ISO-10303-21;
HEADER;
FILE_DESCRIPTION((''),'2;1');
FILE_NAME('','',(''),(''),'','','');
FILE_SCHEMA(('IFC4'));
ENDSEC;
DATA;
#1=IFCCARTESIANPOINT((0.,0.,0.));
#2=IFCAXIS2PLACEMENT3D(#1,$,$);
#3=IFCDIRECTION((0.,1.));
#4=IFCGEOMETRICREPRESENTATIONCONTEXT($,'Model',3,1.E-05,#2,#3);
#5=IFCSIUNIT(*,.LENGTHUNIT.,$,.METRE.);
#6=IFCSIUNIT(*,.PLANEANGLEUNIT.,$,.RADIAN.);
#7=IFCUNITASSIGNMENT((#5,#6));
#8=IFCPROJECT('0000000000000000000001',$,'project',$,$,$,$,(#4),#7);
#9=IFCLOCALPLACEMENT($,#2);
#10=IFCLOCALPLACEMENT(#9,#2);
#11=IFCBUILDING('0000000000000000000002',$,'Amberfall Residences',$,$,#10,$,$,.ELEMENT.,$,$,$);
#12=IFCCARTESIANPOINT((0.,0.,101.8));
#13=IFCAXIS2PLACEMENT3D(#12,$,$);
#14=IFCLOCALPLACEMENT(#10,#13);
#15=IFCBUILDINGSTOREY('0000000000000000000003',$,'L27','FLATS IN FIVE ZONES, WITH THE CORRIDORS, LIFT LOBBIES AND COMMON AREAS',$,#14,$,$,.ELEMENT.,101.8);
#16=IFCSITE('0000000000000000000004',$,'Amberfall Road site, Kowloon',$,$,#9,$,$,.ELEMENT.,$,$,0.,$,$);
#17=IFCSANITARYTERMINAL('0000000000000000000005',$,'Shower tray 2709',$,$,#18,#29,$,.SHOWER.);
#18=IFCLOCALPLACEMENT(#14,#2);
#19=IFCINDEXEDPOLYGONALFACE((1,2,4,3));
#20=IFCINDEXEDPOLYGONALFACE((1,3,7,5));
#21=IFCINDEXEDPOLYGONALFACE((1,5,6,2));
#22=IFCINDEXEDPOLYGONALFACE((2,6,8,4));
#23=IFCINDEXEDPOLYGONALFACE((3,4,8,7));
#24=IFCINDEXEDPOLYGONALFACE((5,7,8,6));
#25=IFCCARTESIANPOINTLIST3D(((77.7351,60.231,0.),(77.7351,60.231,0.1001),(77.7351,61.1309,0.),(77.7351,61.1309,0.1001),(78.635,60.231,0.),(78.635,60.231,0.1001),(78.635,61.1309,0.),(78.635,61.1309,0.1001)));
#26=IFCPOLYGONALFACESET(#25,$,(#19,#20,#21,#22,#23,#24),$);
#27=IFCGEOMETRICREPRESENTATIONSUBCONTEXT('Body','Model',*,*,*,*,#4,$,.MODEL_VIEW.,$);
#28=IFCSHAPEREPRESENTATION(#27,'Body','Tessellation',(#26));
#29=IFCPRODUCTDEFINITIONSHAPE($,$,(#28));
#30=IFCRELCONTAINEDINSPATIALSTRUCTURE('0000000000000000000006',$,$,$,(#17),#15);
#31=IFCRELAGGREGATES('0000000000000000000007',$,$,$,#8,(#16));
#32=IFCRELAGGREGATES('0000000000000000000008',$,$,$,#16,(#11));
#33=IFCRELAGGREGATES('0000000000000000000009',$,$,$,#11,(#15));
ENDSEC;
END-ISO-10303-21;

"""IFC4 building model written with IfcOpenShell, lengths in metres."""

from ifc_helpers import new_model, si_unit, direction, frame, origin, origin_2d, place, context, subcontext, project, spatial, rectangle, extrude, element, save


model = new_model("IFC4")

# Units and contexts
model_context = context("Model", 3, precision=1e-05, world=origin(), true_north=direction((0.0, 1.0)))
body_context = subcontext(model_context, "Body", "Model", "MODEL_VIEW")
ifc_project = project(units=[si_unit("LENGTHUNIT", "METRE"), si_unit("PLANEANGLEUNIT", "RADIAN")], contexts=[model_context])

# Site, building, storey
site_placement = place(None, origin())
site = spatial("IfcSite", under=ifc_project, at=site_placement, Name="Amberfall Road site, Kowloon", CompositionType="ELEMENT", RefElevation=0.0)
building_placement = place(site_placement, origin())
building = spatial("IfcBuilding", under=site, at=building_placement, Name="Amberfall Residences", CompositionType="ELEMENT")
storey_placement = place(building_placement, frame((0.0, 0.0, 101.8)))
storey = spatial("IfcBuildingStorey", under=building, at=storey_placement, Name="L27", Description="FLATS IN FIVE ZONES, WITH THE CORRIDORS, LIFT LOBBIES AND COMMON AREAS", CompositionType="ELEMENT", Elevation=101.8)

# Sanitary terminal
for number, where, z_axis, x_axis, name in (
    (1, (78.1851, 60.6809, 0.0), (0.0, 0.0, 1.0), (1.0, 0.0, 0.0), "Shower tray 2709"),
):
    element("IfcSanitaryTerminal", number, at=place(storey_placement, frame(where, z_axis=z_axis, x_axis=x_axis)), inside=storey, Name=name, PredefinedType="SHOWER", context=body_context, shape_type="SweptSolid", body=[
        extrude(rectangle(XDim=0.8999, YDim=0.8999, at=origin_2d()), origin(), (0.0, 0.0, 1.0), 0.1001),
    ])

save(model, "model.ifc")
